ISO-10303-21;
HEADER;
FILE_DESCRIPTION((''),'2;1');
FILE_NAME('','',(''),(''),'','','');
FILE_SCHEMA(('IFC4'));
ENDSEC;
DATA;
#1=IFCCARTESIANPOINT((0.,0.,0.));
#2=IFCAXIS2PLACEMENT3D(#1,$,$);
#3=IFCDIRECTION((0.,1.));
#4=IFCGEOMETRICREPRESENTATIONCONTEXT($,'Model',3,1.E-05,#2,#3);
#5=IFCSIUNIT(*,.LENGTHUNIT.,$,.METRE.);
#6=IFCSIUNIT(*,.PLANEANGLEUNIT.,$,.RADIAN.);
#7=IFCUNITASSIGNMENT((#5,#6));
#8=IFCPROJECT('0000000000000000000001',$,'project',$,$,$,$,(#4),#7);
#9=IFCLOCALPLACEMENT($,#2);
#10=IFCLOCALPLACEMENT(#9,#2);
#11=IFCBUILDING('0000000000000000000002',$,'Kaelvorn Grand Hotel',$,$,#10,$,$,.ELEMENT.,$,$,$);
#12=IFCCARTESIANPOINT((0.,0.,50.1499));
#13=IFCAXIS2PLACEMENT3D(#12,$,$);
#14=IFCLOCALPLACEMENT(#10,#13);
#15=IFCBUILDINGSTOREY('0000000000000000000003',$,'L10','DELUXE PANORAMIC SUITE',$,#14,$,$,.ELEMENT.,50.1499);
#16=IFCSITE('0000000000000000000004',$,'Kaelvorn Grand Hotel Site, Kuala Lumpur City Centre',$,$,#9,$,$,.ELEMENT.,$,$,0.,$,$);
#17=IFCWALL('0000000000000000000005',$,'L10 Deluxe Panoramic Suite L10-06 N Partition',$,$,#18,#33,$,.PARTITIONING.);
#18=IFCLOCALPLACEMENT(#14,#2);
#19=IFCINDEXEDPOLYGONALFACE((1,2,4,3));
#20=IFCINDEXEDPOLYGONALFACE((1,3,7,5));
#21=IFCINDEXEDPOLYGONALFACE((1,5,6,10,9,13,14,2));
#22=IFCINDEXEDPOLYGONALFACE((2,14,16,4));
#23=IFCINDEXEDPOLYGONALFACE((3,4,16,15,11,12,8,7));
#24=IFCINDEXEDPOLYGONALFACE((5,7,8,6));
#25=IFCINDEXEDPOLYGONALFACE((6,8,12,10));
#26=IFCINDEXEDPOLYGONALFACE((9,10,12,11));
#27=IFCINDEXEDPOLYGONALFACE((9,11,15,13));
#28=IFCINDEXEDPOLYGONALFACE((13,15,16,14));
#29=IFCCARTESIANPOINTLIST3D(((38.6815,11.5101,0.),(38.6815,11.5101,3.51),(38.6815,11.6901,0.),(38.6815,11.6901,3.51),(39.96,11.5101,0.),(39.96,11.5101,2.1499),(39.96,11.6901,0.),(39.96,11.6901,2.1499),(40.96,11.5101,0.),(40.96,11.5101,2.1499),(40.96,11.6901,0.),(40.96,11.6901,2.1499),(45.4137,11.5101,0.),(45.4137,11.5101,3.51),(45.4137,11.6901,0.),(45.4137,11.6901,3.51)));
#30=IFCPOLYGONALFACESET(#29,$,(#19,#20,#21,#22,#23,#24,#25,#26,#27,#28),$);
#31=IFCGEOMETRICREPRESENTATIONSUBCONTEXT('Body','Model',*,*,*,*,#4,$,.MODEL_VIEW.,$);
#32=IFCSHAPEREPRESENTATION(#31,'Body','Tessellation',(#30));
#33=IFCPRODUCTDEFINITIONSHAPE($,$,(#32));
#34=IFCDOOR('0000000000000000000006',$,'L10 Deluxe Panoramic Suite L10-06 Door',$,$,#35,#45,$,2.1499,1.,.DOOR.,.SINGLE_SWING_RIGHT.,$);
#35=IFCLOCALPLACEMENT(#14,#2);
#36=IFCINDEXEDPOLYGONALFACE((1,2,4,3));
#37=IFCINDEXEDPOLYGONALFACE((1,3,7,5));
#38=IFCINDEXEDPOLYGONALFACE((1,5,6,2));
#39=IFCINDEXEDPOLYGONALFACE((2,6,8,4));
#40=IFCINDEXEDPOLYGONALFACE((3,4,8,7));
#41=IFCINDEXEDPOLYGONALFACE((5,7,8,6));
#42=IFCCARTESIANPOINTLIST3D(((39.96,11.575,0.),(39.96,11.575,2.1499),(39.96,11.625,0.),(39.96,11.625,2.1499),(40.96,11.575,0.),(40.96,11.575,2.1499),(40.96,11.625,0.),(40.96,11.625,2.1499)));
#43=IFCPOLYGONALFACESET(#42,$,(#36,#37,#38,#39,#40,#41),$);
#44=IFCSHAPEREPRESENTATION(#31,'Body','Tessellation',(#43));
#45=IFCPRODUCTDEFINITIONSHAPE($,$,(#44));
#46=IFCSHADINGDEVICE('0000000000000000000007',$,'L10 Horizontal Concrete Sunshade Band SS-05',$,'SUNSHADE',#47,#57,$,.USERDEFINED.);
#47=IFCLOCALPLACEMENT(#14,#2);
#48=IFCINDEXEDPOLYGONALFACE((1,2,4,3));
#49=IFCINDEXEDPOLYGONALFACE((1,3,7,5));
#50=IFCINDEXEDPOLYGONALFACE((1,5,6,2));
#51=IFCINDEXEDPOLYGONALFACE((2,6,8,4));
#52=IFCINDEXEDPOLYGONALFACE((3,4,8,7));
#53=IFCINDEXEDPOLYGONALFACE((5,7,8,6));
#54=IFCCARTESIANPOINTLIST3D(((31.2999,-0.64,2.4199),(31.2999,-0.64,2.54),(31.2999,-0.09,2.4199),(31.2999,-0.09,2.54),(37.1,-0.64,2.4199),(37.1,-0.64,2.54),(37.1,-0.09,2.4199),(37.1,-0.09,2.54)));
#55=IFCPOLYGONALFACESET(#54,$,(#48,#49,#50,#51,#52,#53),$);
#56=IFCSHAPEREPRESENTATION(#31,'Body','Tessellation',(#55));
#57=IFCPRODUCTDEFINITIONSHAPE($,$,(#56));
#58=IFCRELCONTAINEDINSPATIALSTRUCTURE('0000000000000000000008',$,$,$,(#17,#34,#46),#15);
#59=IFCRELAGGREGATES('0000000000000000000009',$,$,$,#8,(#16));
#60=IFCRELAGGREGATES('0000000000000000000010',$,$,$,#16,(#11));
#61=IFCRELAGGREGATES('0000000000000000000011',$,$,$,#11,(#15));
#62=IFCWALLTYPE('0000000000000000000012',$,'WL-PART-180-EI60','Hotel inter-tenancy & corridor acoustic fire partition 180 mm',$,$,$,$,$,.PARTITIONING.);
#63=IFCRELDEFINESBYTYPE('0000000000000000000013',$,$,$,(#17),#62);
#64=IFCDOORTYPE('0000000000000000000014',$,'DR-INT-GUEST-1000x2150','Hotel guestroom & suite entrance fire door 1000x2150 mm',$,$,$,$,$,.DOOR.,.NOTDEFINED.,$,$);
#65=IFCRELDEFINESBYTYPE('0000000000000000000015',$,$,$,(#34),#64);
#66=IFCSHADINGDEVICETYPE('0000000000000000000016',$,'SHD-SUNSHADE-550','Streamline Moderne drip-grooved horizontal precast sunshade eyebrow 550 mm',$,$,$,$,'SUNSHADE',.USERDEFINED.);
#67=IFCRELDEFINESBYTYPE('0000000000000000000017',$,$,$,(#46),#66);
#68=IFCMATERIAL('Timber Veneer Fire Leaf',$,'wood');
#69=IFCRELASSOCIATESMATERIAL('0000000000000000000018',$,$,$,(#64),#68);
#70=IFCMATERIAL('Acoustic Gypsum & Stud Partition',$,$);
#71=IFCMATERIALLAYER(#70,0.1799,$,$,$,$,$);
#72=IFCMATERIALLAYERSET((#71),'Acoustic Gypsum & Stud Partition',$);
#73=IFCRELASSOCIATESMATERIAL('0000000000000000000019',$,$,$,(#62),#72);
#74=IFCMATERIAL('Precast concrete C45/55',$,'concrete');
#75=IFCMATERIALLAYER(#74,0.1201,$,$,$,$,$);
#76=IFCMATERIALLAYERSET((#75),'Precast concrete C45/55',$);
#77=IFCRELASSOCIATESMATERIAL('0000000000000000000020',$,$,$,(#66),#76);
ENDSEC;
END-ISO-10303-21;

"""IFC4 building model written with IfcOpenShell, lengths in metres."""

from ifc_helpers import new_model, si_unit, direction, frame, frame_2d, origin, origin_2d, place, context, subcontext, project, spatial, rectangle, extrude, material, layer, layer_set, type_object, element, fill, save


model = new_model("IFC4")

# Units and contexts
model_context = context("Model", 3, precision=1e-05, world=origin(), true_north=direction((0.0, 1.0)))
body_context = subcontext(model_context, "Body", "Model", "MODEL_VIEW")
ifc_project = project(units=[si_unit("LENGTHUNIT", "METRE"), si_unit("PLANEANGLEUNIT", "RADIAN")], contexts=[model_context])

# Site, building, storey
site_placement = place(None, origin())
site = spatial("IfcSite", under=ifc_project, at=site_placement, Name="Kaelvorn Grand Hotel Site, Kuala Lumpur City Centre", CompositionType="ELEMENT", RefElevation=0.0)
building_placement = place(site_placement, origin())
building = spatial("IfcBuilding", under=site, at=building_placement, Name="Kaelvorn Grand Hotel", CompositionType="ELEMENT")
storey_placement = place(building_placement, frame((0.0, 0.0, 50.1499)))
storey = spatial("IfcBuildingStorey", under=building, at=storey_placement, Name="L10", Description="DELUXE PANORAMIC SUITE", CompositionType="ELEMENT", Elevation=50.1499)

# Shared definitions
ifc_material_1 = material(Name="Acoustic Gypsum & Stud Partition")
ifc_material_2 = material(Name="Timber Veneer Fire Leaf", Category="wood")
door_type_1 = type_object("IfcDoorType", Name="DR-INT-GUEST-1000x2150", Description="Hotel guestroom & suite entrance fire door 1000x2150 mm", OperationType="NOTDEFINED", PredefinedType="DOOR", material=ifc_material_2)

# Shared definitions
ifc_layer_1 = layer(ifc_material_1, 0.1799)
ifc_layer_set_1 = layer_set([ifc_layer_1], Name="Acoustic Gypsum & Stud Partition")
wall_type_1 = type_object("IfcWallType", Name="WL-PART-180-EI60", Description="Hotel inter-tenancy & corridor acoustic fire partition 180 mm", PredefinedType="PARTITIONING", material=ifc_layer_set_1)

# Wall, opening, door
wall_1_placement = place(storey_placement, frame((38.6814, 11.6001, 0.0), z_axis=(0.0, 0.0, 1.0), x_axis=(1.0, 0.0, 0.0)))
wall_1 = element("IfcWall", 1, at=wall_1_placement, inside=storey, type_object=wall_type_1, Name="L10 Deluxe Panoramic Suite L10-06 N Partition", PredefinedType="PARTITIONING", context=body_context, shape_type="SweptSolid", body=[
    extrude(rectangle(XDim=6.7322, YDim=0.1799, at=frame_2d((3.3662, 0.0))), origin(), (0.0, 0.0, 1.0), 3.51),
])
opening_1_placement = place(wall_1_placement, frame((1.2786, 0.0, 0.0)))
opening_1 = element("IfcOpeningElement", 2, at=opening_1_placement, cuts=wall_1, PredefinedType="OPENING", context=body_context, shape_type="SweptSolid", body=[
    extrude(rectangle(XDim=1.0, YDim=2.1499, at=frame_2d((0.5, 1.075))), frame((0.0, 0.1001, 0.0), z_axis=(0.0, -1.0, 0.0), x_axis=(1.0, 0.0, 0.0)), (0.0, 0.0, 1.0), 0.2),
])
door_1_placement = place(opening_1_placement, origin())
door_1 = element("IfcDoor", 3, at=door_1_placement, inside=storey, type_object=door_type_1, Name="L10 Deluxe Panoramic Suite L10-06 Door", OperationType="SINGLE_SWING_RIGHT", OverallHeight=2.1499, OverallWidth=1.0, PredefinedType="DOOR", context=body_context, shape_type="SweptSolid", body=[
    extrude(rectangle(XDim=1.0, YDim=2.1499, at=frame_2d((0.5, 1.075))), frame((0.0, 0.0249, 0.0), z_axis=(0.0, -1.0, 0.0), x_axis=(1.0, 0.0, 0.0)), (0.0, 0.0, 1.0), 0.05),
])
fill(opening_1, door_1)

# Shading device
ifc_material_3 = material(Name="Precast concrete C45/55", Category="concrete")
ifc_layer_2 = layer(ifc_material_3, 0.1201)
ifc_layer_set_2 = layer_set([ifc_layer_2], Name="Precast concrete C45/55")
shading_device_type = type_object("IfcShadingDeviceType", Name="SHD-SUNSHADE-550", Description="Streamline Moderne drip-grooved horizontal precast sunshade eyebrow 550 mm", ElementType="SUNSHADE", PredefinedType="USERDEFINED", material=ifc_layer_set_2)
shading_device_placement = place(storey_placement, frame((34.2, -0.365, 2.4199), z_axis=(0.0, 0.0, 1.0), x_axis=(1.0, 0.0, 0.0)))
element("IfcShadingDevice", 4, at=shading_device_placement, inside=storey, type_object=shading_device_type, Name="L10 Horizontal Concrete Sunshade Band SS-05", ObjectType="SUNSHADE", PredefinedType="USERDEFINED", context=body_context, shape_type="SweptSolid", body=[
    extrude(rectangle(XDim=5.8, YDim=0.55, at=origin_2d()), origin(), (0.0, 0.0, 1.0), 0.1201),
])

save(model, "model.ifc")
